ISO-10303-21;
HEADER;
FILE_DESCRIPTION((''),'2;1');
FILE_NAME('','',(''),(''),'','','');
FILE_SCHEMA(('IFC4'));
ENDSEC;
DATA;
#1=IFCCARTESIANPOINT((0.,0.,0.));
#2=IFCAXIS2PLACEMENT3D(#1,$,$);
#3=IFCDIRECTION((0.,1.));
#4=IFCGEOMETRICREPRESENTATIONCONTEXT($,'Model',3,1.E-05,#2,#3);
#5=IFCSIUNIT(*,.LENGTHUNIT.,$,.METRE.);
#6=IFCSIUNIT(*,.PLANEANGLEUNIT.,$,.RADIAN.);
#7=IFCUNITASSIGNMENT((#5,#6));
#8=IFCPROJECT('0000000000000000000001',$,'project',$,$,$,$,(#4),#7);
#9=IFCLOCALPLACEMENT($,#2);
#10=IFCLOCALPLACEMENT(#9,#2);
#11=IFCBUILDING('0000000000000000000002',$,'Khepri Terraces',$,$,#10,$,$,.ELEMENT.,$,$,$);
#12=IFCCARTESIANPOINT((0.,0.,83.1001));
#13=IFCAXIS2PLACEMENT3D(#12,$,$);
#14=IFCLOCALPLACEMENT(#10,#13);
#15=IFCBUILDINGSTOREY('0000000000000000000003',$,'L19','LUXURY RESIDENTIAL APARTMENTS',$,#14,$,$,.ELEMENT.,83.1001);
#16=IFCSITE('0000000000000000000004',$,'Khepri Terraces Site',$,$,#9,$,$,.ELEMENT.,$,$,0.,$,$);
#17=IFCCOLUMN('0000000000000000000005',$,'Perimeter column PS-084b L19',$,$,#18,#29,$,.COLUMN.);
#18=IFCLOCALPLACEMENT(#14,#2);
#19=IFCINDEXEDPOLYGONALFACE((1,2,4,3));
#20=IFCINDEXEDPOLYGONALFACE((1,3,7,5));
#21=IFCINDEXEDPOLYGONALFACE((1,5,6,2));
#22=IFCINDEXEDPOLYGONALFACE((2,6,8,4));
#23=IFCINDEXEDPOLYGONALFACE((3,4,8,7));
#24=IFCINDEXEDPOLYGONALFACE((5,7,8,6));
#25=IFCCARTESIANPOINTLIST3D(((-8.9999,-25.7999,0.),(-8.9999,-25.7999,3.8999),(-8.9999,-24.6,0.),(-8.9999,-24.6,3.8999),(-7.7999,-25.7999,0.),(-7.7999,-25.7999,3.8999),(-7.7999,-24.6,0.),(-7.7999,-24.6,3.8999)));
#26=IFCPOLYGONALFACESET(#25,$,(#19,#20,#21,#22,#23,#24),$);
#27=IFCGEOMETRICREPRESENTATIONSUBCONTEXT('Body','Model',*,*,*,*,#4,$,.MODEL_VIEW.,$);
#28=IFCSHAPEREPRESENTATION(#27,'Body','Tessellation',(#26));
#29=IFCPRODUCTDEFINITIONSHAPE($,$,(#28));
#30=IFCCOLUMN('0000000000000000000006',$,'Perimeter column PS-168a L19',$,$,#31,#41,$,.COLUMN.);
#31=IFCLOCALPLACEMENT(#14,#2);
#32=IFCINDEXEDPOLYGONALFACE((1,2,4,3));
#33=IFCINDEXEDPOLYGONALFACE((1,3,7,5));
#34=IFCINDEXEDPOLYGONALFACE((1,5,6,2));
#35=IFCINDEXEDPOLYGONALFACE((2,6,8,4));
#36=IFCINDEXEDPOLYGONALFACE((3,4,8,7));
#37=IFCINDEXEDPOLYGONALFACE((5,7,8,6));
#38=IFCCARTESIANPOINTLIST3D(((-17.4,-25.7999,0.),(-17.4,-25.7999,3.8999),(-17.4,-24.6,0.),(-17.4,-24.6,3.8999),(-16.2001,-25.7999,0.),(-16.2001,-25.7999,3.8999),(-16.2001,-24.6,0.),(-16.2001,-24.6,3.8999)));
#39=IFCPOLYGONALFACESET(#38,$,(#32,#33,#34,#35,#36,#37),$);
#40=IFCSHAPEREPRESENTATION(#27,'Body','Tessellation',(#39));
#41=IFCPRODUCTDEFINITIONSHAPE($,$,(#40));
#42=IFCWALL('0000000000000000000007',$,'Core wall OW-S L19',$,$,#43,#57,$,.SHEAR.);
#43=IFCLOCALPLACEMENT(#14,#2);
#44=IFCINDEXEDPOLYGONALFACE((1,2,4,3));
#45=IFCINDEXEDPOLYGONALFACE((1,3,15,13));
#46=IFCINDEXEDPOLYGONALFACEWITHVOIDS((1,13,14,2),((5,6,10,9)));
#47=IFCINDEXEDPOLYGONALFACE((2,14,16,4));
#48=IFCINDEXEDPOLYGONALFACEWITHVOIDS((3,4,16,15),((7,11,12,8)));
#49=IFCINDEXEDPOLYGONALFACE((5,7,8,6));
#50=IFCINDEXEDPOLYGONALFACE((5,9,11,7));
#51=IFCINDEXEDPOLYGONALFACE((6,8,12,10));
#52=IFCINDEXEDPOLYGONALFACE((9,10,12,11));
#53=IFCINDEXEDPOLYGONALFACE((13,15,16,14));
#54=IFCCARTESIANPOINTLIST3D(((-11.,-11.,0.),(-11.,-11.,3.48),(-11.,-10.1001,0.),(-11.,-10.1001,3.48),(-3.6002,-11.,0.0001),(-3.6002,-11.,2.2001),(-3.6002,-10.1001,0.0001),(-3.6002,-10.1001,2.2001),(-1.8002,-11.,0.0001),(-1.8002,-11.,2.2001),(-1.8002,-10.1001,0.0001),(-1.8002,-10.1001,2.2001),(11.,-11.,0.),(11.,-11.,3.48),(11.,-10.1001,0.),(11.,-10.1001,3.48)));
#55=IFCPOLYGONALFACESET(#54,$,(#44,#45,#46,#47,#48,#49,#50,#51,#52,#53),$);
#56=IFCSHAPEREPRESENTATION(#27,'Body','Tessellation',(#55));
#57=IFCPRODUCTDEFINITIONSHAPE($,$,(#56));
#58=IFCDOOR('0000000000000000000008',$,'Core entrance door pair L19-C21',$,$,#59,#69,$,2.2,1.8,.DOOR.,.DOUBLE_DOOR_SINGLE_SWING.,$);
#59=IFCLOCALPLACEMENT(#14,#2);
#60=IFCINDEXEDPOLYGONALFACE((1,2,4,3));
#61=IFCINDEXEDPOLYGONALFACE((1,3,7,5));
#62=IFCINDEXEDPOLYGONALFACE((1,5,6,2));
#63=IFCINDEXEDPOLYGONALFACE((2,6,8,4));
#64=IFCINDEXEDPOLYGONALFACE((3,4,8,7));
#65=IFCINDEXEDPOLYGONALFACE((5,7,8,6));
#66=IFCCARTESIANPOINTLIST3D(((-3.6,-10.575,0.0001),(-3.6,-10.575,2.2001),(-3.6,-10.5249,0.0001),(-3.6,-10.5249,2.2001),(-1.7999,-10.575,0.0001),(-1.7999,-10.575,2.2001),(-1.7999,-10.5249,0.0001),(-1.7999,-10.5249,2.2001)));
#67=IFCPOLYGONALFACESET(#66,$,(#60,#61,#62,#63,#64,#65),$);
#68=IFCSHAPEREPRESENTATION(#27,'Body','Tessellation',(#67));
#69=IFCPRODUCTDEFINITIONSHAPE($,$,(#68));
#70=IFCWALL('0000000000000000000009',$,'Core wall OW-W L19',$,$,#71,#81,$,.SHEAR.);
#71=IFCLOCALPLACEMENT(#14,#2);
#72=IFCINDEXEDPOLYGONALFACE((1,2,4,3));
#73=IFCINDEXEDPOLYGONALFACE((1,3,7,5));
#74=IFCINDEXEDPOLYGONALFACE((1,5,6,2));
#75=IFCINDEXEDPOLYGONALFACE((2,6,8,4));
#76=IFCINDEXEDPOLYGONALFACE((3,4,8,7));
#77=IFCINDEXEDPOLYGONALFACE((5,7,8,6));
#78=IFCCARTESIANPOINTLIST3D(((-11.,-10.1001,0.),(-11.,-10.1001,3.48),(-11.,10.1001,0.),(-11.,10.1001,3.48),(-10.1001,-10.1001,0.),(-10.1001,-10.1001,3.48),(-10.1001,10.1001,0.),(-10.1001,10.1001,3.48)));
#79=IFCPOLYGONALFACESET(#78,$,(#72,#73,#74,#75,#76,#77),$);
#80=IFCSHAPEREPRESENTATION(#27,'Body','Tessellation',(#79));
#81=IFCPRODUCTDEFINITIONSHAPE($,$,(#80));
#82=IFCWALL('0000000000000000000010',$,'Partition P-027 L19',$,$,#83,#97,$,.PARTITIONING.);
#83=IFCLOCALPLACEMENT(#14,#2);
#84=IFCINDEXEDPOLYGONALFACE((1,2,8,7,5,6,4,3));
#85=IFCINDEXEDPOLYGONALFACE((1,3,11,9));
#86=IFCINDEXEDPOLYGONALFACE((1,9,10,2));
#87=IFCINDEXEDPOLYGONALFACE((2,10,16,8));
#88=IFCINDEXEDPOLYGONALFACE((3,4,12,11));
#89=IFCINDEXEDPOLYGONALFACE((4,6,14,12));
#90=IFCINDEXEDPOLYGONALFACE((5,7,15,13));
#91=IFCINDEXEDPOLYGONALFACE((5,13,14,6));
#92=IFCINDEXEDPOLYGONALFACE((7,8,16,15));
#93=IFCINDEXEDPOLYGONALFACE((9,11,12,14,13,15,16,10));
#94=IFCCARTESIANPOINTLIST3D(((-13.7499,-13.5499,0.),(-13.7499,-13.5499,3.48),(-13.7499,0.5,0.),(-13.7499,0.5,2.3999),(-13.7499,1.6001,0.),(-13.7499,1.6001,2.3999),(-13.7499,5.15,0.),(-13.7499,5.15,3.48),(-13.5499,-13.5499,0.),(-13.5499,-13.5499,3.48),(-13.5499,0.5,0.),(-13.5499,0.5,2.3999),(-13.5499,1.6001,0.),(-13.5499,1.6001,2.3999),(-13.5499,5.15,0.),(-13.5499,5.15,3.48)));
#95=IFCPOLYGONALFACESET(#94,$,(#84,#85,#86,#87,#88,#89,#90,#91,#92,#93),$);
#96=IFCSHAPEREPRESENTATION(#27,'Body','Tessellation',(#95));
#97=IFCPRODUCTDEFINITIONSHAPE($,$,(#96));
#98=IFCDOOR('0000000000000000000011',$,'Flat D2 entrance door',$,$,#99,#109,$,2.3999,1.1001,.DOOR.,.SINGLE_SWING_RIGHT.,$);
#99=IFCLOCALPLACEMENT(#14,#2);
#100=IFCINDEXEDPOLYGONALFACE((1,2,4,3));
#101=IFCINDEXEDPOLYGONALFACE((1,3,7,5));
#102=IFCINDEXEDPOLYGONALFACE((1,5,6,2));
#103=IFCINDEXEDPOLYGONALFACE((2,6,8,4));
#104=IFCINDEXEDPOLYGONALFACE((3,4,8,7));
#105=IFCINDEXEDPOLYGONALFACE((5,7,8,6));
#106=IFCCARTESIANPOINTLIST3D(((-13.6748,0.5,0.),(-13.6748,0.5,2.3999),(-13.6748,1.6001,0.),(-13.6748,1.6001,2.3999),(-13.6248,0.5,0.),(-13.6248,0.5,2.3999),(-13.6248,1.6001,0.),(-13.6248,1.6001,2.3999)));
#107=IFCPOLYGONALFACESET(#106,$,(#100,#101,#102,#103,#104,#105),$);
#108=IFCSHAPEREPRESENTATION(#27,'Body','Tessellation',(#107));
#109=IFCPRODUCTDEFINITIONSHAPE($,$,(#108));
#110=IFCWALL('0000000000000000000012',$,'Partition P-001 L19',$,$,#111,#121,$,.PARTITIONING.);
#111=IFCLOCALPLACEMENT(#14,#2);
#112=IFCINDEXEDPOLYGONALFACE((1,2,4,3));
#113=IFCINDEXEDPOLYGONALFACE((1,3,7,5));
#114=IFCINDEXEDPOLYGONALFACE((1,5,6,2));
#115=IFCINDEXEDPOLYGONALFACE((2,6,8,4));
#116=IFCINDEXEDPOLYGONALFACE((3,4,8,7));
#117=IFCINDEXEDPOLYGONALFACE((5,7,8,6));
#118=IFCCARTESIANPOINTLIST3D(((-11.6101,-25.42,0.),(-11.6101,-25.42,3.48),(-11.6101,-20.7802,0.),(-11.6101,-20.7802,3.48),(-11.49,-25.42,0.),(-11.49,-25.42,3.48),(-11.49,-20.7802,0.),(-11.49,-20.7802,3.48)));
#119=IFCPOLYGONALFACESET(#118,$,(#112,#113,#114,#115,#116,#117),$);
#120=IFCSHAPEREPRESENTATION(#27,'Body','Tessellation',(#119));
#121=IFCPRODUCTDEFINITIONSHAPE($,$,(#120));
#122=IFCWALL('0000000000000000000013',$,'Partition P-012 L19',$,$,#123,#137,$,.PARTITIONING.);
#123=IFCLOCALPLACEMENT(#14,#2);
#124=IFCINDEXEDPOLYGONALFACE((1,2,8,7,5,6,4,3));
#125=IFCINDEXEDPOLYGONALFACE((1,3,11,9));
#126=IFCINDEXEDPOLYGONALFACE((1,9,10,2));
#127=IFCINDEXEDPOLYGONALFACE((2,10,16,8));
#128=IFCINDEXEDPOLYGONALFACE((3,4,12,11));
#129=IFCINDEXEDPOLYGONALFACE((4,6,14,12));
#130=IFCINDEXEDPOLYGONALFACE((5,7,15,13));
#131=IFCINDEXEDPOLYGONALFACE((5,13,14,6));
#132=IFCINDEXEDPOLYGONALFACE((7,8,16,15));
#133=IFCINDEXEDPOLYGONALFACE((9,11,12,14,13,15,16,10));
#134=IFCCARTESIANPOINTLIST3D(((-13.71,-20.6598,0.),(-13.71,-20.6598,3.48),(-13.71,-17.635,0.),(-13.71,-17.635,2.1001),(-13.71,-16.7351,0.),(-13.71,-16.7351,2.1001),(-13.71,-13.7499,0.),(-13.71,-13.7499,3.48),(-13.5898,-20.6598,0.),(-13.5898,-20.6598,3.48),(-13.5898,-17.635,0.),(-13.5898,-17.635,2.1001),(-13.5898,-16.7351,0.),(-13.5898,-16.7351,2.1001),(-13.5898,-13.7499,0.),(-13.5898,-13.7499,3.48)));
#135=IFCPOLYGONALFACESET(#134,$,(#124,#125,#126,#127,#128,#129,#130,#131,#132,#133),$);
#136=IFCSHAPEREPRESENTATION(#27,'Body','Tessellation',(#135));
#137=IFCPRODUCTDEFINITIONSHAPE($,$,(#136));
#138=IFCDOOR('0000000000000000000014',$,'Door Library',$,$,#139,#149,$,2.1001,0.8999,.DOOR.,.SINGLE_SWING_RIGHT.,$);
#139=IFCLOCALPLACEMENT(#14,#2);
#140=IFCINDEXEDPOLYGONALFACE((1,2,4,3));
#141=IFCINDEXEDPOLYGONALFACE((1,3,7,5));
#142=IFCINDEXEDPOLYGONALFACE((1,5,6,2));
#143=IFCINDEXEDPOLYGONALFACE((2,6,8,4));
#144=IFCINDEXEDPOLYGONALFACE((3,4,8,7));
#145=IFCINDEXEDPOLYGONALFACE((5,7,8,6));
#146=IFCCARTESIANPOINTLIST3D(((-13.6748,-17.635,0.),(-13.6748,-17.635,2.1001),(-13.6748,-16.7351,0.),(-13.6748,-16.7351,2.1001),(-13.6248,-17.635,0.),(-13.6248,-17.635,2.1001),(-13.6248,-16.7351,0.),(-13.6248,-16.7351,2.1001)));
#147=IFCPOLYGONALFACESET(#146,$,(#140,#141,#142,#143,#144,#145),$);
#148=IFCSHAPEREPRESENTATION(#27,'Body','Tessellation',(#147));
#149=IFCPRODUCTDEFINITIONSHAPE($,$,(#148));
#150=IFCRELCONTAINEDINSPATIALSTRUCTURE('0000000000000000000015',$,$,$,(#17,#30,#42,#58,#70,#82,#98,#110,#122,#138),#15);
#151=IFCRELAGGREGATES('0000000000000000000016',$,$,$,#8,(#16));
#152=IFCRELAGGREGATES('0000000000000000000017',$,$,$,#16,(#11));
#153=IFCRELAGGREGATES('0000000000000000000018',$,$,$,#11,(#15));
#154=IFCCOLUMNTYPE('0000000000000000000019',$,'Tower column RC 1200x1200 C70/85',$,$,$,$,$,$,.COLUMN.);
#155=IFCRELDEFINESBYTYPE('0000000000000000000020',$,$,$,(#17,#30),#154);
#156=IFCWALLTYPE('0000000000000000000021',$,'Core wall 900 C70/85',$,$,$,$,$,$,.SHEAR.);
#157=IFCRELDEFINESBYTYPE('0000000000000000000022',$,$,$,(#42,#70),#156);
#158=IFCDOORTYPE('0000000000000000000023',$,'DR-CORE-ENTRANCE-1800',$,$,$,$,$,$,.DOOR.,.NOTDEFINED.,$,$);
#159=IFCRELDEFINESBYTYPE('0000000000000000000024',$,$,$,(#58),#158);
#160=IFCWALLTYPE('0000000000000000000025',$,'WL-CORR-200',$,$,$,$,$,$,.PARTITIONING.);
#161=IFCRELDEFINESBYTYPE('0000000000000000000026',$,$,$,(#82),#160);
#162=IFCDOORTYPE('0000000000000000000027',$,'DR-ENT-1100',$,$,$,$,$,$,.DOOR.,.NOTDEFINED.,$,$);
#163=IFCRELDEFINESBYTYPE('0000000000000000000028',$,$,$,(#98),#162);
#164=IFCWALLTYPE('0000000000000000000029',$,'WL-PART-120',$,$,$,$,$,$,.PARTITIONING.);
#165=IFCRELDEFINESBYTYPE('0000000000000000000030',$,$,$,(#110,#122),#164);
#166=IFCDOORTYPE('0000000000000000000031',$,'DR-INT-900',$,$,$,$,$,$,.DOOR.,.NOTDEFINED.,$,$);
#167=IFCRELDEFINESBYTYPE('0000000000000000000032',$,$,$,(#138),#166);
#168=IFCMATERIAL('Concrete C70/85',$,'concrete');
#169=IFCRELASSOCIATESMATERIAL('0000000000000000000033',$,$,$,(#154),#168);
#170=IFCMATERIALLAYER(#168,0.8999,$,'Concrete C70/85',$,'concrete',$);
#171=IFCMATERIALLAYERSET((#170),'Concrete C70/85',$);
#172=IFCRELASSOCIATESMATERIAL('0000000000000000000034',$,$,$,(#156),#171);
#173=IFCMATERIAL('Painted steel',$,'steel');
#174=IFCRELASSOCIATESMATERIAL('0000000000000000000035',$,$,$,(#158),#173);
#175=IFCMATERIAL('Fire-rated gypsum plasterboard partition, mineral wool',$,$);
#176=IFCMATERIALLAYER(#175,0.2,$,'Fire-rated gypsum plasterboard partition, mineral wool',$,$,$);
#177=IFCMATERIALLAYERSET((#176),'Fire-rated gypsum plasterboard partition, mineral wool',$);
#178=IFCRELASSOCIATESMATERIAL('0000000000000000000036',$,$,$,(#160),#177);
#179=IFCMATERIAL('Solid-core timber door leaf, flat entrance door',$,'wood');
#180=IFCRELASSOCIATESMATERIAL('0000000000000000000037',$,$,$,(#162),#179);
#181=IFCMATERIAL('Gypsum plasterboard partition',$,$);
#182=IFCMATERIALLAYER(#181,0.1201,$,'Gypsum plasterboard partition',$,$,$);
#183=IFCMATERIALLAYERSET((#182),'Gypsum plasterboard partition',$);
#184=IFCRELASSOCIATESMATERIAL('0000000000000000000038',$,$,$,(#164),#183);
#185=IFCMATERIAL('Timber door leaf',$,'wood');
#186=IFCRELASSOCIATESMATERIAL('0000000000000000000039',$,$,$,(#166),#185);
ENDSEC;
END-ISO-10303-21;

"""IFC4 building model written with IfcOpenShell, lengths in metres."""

from ifc_helpers import new_model, si_unit, direction, frame, frame_2d, origin, origin_2d, place, context, subcontext, project, spatial, rectangle, extrude, material, layer, layer_set, material_profile, profile_set, type_object, element, fill, save


model = new_model("IFC4")

# Units and contexts
model_context = context("Model", 3, precision=1e-05, world=origin(), true_north=direction((0.0, 1.0)))
body_context = subcontext(model_context, "Body", "Model", "MODEL_VIEW")
ifc_project = project(units=[si_unit("LENGTHUNIT", "METRE"), si_unit("PLANEANGLEUNIT", "RADIAN")], contexts=[model_context])

# Site, building, storey
site_placement = place(None, origin())
site = spatial("IfcSite", under=ifc_project, at=site_placement, Name="Khepri Terraces Site", CompositionType="ELEMENT", RefElevation=0.0)
building_placement = place(site_placement, origin())
building = spatial("IfcBuilding", under=site, at=building_placement, Name="Khepri Terraces", CompositionType="ELEMENT")
storey_placement = place(building_placement, frame((0.0, 0.0, 83.1001)))
storey = spatial("IfcBuildingStorey", under=building, at=storey_placement, Name="L19", Description="LUXURY RESIDENTIAL APARTMENTS", CompositionType="ELEMENT", Elevation=83.1001)

# Columns
ifc_material_1 = material(Name="Concrete C70/85", Category="concrete")
ifc_material_profile = material_profile(ifc_material_1, rectangle(XDim=1.2, YDim=1.2, at=origin_2d()), Name="Concrete C70/85", Category="concrete")
ifc_profile_set = profile_set([ifc_material_profile], Name="Concrete C70/85")
column_type = type_object("IfcColumnType", Name="Tower column RC 1200x1200 C70/85", PredefinedType="COLUMN", material=ifc_profile_set)
for number, where, z_axis, x_axis, name in (
    (1, (-8.3999, -25.2, 0.0), (0.0, 0.0, 1.0), (1.0, 0.0, 0.0), "Perimeter column PS-084b L19"),
    (2, (-16.8, -25.2, 0.0), (0.0, 0.0, 1.0), (1.0, 0.0, 0.0), "Perimeter column PS-168a L19"),
):
    element("IfcColumn", number, at=place(storey_placement, frame(where, z_axis=z_axis, x_axis=x_axis)), inside=storey, type_object=column_type, Name=name, PredefinedType="COLUMN", context=body_context, shape_type="SweptSolid", body=[
        extrude(rectangle(XDim=1.2, YDim=1.2, at=origin_2d()), origin(), (0.0, 0.0, 1.0), 3.8999),
    ])

# Wall, opening, door
ifc_layer_1 = layer(ifc_material_1, 0.8999, Name="Concrete C70/85", Category="concrete")
ifc_layer_set_1 = layer_set([ifc_layer_1], Name="Concrete C70/85")
wall_type_1 = type_object("IfcWallType", Name="Core wall 900 C70/85", PredefinedType="SHEAR", material=ifc_layer_set_1)
wall_1_placement = place(storey_placement, frame((-11.0, -10.55, 0.0), z_axis=(0.0, 0.0, 1.0), x_axis=(1.0, 0.0, 0.0)))
wall_1 = element("IfcWall", 3, at=wall_1_placement, inside=storey, type_object=wall_type_1, Name="Core wall OW-S L19", PredefinedType="SHEAR", context=body_context, shape_type="SweptSolid", body=[
    extrude(rectangle(XDim=22.0, YDim=0.8999, at=frame_2d((11.0, 0.0))), origin(), (0.0, 0.0, 1.0), 3.48),
])
opening_1_placement = place(wall_1_placement, frame((7.3999, 0.0, 0.0)))
opening_1 = element("IfcOpeningElement", 4, at=opening_1_placement, cuts=wall_1, PredefinedType="OPENING", context=body_context, shape_type="SweptSolid", body=[
    extrude(rectangle(XDim=1.8, YDim=2.2, at=frame_2d((0.8999, 1.1001))), frame((0.0, 0.46, 0.0), z_axis=(0.0, -1.0, 0.0), x_axis=(1.0, 0.0, 0.0)), (0.0, 0.0, 1.0), 0.9199),
])
ifc_material_2 = material(Name="Painted steel", Category="steel")
door_type_1 = type_object("IfcDoorType", Name="DR-CORE-ENTRANCE-1800", OperationType="NOTDEFINED", PredefinedType="DOOR", material=ifc_material_2)
door_1_placement = place(opening_1_placement, frame((1.8, 0.0, 0.0), z_axis=(0.0, 0.0, 1.0), x_axis=(-1.0, 0.0, 0.0)))
door_1 = element("IfcDoor", 5, at=door_1_placement, inside=storey, type_object=door_type_1, Name="Core entrance door pair L19-C21", OperationType="DOUBLE_DOOR_SINGLE_SWING", OverallHeight=2.2, OverallWidth=1.8, PredefinedType="DOOR", context=body_context, shape_type="SweptSolid", body=[
    extrude(rectangle(XDim=1.8, YDim=2.2, at=frame_2d((0.8999, 1.1001))), frame((0.0, 0.0249, 0.0), z_axis=(0.0, -1.0, 0.0), x_axis=(1.0, 0.0, 0.0)), (0.0, 0.0, 1.0), 0.05),
])
fill(opening_1, door_1)

# Wall
wall_2_placement = place(storey_placement, frame((-10.55, -10.1001, 0.0), z_axis=(0.0, 0.0, 1.0), x_axis=(0.0, 1.0, 0.0)))
element("IfcWall", 6, at=wall_2_placement, inside=storey, type_object=wall_type_1, Name="Core wall OW-W L19", PredefinedType="SHEAR", context=body_context, shape_type="SweptSolid", body=[
    extrude(rectangle(XDim=20.2002, YDim=0.8999, at=frame_2d((10.1001, 0.0))), origin(), (0.0, 0.0, 1.0), 3.48),
])

# Wall, opening, door
ifc_material_3 = material(Name="Fire-rated gypsum plasterboard partition, mineral wool")
ifc_layer_2 = layer(ifc_material_3, 0.2, Name="Fire-rated gypsum plasterboard partition, mineral wool")
ifc_layer_set_2 = layer_set([ifc_layer_2], Name="Fire-rated gypsum plasterboard partition, mineral wool")
wall_type_2 = type_object("IfcWallType", Name="WL-CORR-200", PredefinedType="PARTITIONING", material=ifc_layer_set_2)
wall_3_placement = place(storey_placement, frame((-13.6499, -13.55, 0.0), z_axis=(0.0, 0.0, 1.0), x_axis=(0.0, 1.0, 0.0)))
wall_3 = element("IfcWall", 7, at=wall_3_placement, inside=storey, type_object=wall_type_2, Name="Partition P-027 L19", PredefinedType="PARTITIONING", context=body_context, shape_type="SweptSolid", body=[
    extrude(rectangle(XDim=18.7, YDim=0.2, at=frame_2d((9.3501, 0.0))), origin(), (0.0, 0.0, 1.0), 3.48),
])
opening_2_placement = place(wall_3_placement, frame((14.05, 0.0, 0.0)))
opening_2 = element("IfcOpeningElement", 8, at=opening_2_placement, cuts=wall_3, PredefinedType="OPENING", context=body_context, shape_type="SweptSolid", body=[
    extrude(rectangle(XDim=1.1001, YDim=2.3999, at=frame_2d((0.55, 1.2))), frame((0.0, 0.1099, 0.0), z_axis=(0.0, -1.0, 0.0), x_axis=(1.0, 0.0, 0.0)), (0.0, 0.0, 1.0), 0.22),
])
ifc_material_4 = material(Name="Solid-core timber door leaf, flat entrance door", Category="wood")
door_type_2 = type_object("IfcDoorType", Name="DR-ENT-1100", OperationType="NOTDEFINED", PredefinedType="DOOR", material=ifc_material_4)
door_2_placement = place(opening_2_placement, origin())
door_2 = element("IfcDoor", 9, at=door_2_placement, inside=storey, type_object=door_type_2, Name="Flat D2 entrance door", OperationType="SINGLE_SWING_RIGHT", OverallHeight=2.3999, OverallWidth=1.1001, PredefinedType="DOOR", context=body_context, shape_type="SweptSolid", body=[
    extrude(rectangle(XDim=1.1001, YDim=2.3999, at=frame_2d((0.55, 1.2))), frame((0.0, 0.0249, 0.0), z_axis=(0.0, -1.0, 0.0), x_axis=(1.0, 0.0, 0.0)), (0.0, 0.0, 1.0), 0.05),
])
fill(opening_2, door_2)

# Wall
ifc_material_5 = material(Name="Gypsum plasterboard partition")
ifc_layer_3 = layer(ifc_material_5, 0.1201, Name="Gypsum plasterboard partition")
ifc_layer_set_3 = layer_set([ifc_layer_3], Name="Gypsum plasterboard partition")
wall_type_3 = type_object("IfcWallType", Name="WL-PART-120", PredefinedType="PARTITIONING", material=ifc_layer_set_3)
wall_4_placement = place(storey_placement, frame((-11.55, -25.4199, 0.0), z_axis=(0.0, 0.0, 1.0), x_axis=(0.0, 1.0, 0.0)))
element("IfcWall", 10, at=wall_4_placement, inside=storey, type_object=wall_type_3, Name="Partition P-001 L19", PredefinedType="PARTITIONING", context=body_context, shape_type="SweptSolid", body=[
    extrude(rectangle(XDim=4.6399, YDim=0.1201, at=frame_2d((2.3198, 0.0))), origin(), (0.0, 0.0, 1.0), 3.48),
])

# Wall, opening, door
wall_5_placement = place(storey_placement, frame((-13.6499, -20.6599, 0.0), z_axis=(0.0, 0.0, 1.0), x_axis=(0.0, 1.0, 0.0)))
wall_5 = element("IfcWall", 11, at=wall_5_placement, inside=storey, type_object=wall_type_3, Name="Partition P-012 L19", PredefinedType="PARTITIONING", context=body_context, shape_type="SweptSolid", body=[
    extrude(rectangle(XDim=6.9099, YDim=0.1201, at=frame_2d((3.4551, 0.0))), origin(), (0.0, 0.0, 1.0), 3.48),
])
opening_3_placement = place(wall_5_placement, frame((3.0249, 0.0, 0.0)))
opening_3 = element("IfcOpeningElement", 12, at=opening_3_placement, cuts=wall_5, PredefinedType="OPENING", context=body_context, shape_type="SweptSolid", body=[
    extrude(rectangle(XDim=0.8999, YDim=2.1001, at=frame_2d((0.45, 1.05))), frame((0.0, 0.0701, 0.0), z_axis=(0.0, -1.0, 0.0), x_axis=(1.0, 0.0, 0.0)), (0.0, 0.0, 1.0), 0.1401),
])
ifc_material_6 = material(Name="Timber door leaf", Category="wood")
door_type_3 = type_object("IfcDoorType", Name="DR-INT-900", OperationType="NOTDEFINED", PredefinedType="DOOR", material=ifc_material_6)
door_3_placement = place(opening_3_placement, origin())
door_3 = element("IfcDoor", 13, at=door_3_placement, inside=storey, type_object=door_type_3, Name="Door Library", OperationType="SINGLE_SWING_RIGHT", OverallHeight=2.1001, OverallWidth=0.8999, PredefinedType="DOOR", context=body_context, shape_type="SweptSolid", body=[
    extrude(rectangle(XDim=0.8999, YDim=2.1001, at=frame_2d((0.45, 1.05))), frame((0.0, 0.0249, 0.0), z_axis=(0.0, -1.0, 0.0), x_axis=(1.0, 0.0, 0.0)), (0.0, 0.0, 1.0), 0.05),
])
fill(opening_3, door_3)

save(model, "model.ifc")
